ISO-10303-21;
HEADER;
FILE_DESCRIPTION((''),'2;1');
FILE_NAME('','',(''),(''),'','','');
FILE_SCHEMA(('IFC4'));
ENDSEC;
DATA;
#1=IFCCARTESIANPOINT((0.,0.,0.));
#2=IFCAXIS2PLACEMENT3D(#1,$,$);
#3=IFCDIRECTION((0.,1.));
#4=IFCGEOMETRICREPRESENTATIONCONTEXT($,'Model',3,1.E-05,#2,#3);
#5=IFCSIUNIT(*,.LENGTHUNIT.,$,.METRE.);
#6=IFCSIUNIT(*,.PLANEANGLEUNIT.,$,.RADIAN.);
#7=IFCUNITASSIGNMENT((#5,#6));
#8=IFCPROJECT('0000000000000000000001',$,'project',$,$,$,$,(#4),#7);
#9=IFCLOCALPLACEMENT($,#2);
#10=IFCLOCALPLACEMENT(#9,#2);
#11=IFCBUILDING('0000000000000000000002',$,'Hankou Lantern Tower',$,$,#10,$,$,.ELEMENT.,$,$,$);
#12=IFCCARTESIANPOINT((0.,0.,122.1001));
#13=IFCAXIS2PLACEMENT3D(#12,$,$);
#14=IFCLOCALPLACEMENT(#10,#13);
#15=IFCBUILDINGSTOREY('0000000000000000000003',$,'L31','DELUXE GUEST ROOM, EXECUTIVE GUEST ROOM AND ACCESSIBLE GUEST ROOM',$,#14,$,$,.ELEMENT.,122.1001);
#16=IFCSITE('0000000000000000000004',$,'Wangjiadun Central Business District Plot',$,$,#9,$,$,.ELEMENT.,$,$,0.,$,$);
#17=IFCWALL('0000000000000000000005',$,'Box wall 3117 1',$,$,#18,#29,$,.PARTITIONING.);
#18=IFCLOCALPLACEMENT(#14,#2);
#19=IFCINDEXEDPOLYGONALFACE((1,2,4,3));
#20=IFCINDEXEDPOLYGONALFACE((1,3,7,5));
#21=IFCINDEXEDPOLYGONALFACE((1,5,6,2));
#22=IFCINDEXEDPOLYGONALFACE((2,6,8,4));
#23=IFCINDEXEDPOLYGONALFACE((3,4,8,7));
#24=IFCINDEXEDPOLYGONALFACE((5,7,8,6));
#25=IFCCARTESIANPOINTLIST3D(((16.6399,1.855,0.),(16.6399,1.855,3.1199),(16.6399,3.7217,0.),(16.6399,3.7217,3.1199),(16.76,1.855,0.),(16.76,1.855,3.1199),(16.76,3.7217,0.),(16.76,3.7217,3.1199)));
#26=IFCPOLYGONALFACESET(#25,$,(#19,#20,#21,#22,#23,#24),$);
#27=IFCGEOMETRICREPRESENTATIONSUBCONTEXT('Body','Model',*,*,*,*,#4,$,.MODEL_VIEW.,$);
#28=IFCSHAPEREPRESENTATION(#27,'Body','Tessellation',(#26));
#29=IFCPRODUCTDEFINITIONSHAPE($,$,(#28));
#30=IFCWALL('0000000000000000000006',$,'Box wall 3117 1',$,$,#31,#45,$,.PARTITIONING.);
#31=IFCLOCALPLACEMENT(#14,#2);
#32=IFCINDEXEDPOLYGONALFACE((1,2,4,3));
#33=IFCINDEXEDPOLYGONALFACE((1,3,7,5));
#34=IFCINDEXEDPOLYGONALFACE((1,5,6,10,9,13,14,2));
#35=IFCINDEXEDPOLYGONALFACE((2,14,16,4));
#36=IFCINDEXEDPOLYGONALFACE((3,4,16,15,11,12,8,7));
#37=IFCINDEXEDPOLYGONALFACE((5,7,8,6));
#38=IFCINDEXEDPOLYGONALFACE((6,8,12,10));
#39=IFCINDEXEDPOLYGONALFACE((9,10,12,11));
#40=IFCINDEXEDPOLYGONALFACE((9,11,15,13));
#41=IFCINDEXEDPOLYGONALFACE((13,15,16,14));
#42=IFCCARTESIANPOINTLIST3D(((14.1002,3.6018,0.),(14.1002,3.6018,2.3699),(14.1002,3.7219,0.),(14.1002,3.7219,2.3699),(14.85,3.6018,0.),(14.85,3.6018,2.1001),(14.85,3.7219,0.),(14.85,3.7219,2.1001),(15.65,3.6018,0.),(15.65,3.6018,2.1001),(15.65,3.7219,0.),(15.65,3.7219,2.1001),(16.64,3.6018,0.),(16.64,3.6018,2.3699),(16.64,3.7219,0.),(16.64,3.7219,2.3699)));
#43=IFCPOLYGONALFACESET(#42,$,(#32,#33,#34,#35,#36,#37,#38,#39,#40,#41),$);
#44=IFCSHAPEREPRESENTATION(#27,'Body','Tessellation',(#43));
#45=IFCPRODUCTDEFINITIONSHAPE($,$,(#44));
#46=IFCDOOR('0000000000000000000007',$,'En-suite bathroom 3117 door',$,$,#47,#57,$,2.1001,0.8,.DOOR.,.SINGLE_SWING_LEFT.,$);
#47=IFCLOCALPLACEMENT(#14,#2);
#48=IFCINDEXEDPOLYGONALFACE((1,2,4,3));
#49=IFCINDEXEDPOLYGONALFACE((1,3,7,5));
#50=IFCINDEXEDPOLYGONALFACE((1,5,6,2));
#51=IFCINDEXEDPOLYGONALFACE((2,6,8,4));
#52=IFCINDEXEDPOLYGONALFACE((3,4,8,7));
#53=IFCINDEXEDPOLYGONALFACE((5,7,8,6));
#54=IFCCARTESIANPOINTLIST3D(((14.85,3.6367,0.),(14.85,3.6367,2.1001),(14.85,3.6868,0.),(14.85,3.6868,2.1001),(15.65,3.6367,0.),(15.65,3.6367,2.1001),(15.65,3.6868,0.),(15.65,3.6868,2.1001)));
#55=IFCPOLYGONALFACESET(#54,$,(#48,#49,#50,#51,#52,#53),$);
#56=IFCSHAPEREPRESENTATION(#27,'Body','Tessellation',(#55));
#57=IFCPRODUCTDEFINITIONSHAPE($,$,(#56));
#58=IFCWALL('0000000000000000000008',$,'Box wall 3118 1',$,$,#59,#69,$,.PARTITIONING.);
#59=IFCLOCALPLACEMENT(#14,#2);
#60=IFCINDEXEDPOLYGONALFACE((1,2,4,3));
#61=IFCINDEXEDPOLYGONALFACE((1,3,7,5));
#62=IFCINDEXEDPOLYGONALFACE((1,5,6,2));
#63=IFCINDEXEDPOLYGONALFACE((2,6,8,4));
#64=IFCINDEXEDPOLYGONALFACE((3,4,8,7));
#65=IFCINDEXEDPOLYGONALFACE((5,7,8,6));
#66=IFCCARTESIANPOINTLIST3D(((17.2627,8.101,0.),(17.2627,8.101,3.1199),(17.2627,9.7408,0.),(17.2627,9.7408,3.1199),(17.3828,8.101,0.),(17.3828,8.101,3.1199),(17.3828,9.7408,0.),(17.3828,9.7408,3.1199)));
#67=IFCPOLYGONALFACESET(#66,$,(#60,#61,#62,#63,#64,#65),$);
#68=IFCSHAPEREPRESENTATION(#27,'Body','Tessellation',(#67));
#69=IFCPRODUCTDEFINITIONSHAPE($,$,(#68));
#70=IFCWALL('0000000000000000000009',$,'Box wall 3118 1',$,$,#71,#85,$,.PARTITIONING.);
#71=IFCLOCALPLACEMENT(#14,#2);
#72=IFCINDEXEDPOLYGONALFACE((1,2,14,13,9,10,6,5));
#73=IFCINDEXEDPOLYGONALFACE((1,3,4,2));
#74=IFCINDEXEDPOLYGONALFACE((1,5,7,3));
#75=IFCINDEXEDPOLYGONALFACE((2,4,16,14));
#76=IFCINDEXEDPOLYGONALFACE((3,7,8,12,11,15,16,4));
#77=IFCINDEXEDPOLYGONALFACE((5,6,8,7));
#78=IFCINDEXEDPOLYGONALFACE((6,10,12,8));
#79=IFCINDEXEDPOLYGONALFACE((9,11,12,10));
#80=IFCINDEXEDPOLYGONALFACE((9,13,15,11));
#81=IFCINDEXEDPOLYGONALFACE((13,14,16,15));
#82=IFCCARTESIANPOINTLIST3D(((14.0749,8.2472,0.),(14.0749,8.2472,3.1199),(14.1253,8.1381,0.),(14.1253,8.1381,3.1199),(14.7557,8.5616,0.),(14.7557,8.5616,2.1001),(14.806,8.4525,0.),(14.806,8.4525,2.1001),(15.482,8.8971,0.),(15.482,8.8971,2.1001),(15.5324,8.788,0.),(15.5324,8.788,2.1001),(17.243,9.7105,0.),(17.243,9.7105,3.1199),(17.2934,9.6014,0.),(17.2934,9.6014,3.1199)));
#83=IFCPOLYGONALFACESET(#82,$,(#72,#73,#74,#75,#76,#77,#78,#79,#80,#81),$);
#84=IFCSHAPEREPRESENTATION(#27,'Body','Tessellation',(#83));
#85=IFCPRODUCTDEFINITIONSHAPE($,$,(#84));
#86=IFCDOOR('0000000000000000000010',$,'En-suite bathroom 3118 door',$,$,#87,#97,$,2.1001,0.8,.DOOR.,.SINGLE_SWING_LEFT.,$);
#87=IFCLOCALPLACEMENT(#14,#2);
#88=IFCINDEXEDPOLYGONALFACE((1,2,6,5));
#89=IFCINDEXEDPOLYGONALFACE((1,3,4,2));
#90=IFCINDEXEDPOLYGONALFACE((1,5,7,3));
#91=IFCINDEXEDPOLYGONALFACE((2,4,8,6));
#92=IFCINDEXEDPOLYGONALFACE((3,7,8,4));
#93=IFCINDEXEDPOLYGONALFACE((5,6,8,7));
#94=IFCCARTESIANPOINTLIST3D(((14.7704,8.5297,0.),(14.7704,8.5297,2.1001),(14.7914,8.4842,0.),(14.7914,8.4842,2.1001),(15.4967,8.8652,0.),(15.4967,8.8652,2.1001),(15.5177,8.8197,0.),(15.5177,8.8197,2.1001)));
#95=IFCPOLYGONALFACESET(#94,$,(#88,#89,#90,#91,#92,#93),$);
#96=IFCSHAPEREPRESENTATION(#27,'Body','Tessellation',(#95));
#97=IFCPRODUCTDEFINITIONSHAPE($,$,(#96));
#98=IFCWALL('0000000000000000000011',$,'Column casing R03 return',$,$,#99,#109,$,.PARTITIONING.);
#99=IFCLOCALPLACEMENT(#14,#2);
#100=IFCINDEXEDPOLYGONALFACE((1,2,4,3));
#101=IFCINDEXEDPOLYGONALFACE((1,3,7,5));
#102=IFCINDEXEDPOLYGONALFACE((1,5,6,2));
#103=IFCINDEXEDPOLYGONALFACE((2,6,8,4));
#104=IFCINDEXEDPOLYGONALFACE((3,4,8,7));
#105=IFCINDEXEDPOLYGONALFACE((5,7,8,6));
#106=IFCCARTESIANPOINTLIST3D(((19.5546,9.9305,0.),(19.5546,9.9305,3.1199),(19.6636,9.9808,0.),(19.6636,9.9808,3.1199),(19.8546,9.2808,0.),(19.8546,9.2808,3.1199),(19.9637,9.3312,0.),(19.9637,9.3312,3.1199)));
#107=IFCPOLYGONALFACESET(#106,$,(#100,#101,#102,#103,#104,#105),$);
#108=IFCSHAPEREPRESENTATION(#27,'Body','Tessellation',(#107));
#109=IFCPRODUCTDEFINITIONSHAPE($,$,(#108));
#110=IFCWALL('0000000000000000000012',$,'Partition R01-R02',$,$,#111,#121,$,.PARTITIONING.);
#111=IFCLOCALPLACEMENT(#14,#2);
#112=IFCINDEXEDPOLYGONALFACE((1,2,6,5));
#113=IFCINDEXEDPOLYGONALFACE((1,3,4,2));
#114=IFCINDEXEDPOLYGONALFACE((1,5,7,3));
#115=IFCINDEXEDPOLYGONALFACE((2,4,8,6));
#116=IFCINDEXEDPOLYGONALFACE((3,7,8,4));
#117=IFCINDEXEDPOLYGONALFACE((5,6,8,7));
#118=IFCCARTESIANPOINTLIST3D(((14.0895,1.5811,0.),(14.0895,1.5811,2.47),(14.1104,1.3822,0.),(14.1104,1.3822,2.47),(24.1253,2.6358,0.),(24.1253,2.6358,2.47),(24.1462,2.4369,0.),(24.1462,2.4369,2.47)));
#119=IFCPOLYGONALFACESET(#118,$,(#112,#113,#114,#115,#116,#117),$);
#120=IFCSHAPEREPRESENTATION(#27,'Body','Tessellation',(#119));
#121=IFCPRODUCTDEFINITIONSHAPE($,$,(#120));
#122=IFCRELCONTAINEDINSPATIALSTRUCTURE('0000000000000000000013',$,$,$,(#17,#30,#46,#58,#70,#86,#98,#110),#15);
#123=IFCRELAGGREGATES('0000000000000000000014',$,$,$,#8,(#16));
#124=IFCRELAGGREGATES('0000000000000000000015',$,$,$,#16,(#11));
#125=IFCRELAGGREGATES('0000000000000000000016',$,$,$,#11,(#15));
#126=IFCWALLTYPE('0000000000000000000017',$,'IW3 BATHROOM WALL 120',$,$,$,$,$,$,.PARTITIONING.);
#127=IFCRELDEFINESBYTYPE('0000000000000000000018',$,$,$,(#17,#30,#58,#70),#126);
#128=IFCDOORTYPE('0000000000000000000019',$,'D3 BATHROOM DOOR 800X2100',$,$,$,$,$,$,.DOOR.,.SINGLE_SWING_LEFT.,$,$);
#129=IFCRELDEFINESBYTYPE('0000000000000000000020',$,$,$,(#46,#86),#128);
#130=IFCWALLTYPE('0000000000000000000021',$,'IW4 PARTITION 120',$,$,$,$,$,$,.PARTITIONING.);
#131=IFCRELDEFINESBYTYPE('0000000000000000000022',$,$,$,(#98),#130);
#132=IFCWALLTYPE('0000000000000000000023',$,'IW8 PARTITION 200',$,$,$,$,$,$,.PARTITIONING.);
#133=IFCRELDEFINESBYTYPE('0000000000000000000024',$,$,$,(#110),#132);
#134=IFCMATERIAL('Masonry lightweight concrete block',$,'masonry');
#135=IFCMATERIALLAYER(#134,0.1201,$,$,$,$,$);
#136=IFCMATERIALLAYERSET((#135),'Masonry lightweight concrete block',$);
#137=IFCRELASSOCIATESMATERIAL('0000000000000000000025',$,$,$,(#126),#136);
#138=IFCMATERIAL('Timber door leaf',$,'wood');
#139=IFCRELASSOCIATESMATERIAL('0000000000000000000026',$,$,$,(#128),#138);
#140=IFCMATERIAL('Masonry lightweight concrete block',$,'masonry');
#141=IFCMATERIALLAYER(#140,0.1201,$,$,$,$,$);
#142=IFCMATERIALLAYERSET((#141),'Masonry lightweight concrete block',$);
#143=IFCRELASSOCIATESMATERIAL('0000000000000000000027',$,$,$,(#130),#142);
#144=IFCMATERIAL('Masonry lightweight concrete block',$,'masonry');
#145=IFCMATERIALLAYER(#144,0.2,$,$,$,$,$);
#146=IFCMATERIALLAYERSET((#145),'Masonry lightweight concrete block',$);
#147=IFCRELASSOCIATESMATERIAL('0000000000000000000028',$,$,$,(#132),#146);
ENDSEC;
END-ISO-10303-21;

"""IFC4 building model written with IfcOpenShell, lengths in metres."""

from ifc_helpers import new_model, si_unit, direction, frame, frame_2d, origin, place, context, subcontext, project, spatial, rectangle, extrude, material, layer, layer_set, type_object, element, fill, save


model = new_model("IFC4")

# Units and contexts
model_context = context("Model", 3, precision=1e-05, world=origin(), true_north=direction((0.0, 1.0)))
body_context = subcontext(model_context, "Body", "Model", "MODEL_VIEW")
ifc_project = project(units=[si_unit("LENGTHUNIT", "METRE"), si_unit("PLANEANGLEUNIT", "RADIAN")], contexts=[model_context])

# Site, building, storey
site_placement = place(None, origin())
site = spatial("IfcSite", under=ifc_project, at=site_placement, Name="Wangjiadun Central Business District Plot", CompositionType="ELEMENT", RefElevation=0.0)
building_placement = place(site_placement, origin())
building = spatial("IfcBuilding", under=site, at=building_placement, Name="Hankou Lantern Tower", CompositionType="ELEMENT")
storey_placement = place(building_placement, frame((0.0, 0.0, 122.1001)))
storey = spatial("IfcBuildingStorey", under=building, at=storey_placement, Name="L31", Description="DELUXE GUEST ROOM, EXECUTIVE GUEST ROOM AND ACCESSIBLE GUEST ROOM", CompositionType="ELEMENT", Elevation=122.1001)

# Wall
ifc_material_1 = material(Name="Masonry lightweight concrete block", Category="masonry")
ifc_layer_1 = layer(ifc_material_1, 0.1201)
ifc_layer_set_1 = layer_set([ifc_layer_1], Name="Masonry lightweight concrete block")
wall_type_1 = type_object("IfcWallType", Name="IW3 BATHROOM WALL 120", PredefinedType="PARTITIONING", material=ifc_layer_set_1)
wall_1_placement = place(storey_placement, frame((16.7, 1.855, 0.0), z_axis=(0.0, 0.0, 1.0), x_axis=(0.0, 1.0, 0.0)))
element("IfcWall", 1, at=wall_1_placement, inside=storey, type_object=wall_type_1, Name="Box wall 3117 1", PredefinedType="PARTITIONING", context=body_context, shape_type="SweptSolid", body=[
    extrude(rectangle(XDim=1.8667, YDim=0.1201, at=frame_2d((0.9333, 0.0))), origin(), (0.0, 0.0, 1.0), 3.1199),
])

# Wall, opening, door
wall_2_placement = place(storey_placement, frame((14.1001, 3.6619, 0.0), z_axis=(0.0, 0.0, 1.0), x_axis=(1.0, 0.0, 0.0)))
wall_2 = element("IfcWall", 2, at=wall_2_placement, inside=storey, type_object=wall_type_1, Name="Box wall 3117 1", PredefinedType="PARTITIONING", context=body_context, shape_type="SweptSolid", body=[
    extrude(rectangle(XDim=2.5398, YDim=0.1201, at=frame_2d((1.27, 0.0))), origin(), (0.0, 0.0, 1.0), 2.3699),
])
opening_1_placement = place(wall_2_placement, frame((0.75, 0.0, 0.0)))
opening_1 = element("IfcOpeningElement", 3, at=opening_1_placement, cuts=wall_2, PredefinedType="OPENING", context=body_context, shape_type="SweptSolid", body=[
    extrude(rectangle(XDim=0.8, YDim=2.1001, at=frame_2d((0.3999, 1.05))), frame((0.0, 0.0701, 0.0), z_axis=(0.0, -1.0, 0.0), x_axis=(1.0, 0.0, 0.0)), (0.0, 0.0, 1.0), 0.1401),
])
ifc_material_2 = material(Name="Timber door leaf", Category="wood")
door_type = type_object("IfcDoorType", Name="D3 BATHROOM DOOR 800X2100", OperationType="SINGLE_SWING_LEFT", PredefinedType="DOOR", material=ifc_material_2)
door_1_placement = place(opening_1_placement, origin())
door_1 = element("IfcDoor", 4, at=door_1_placement, inside=storey, type_object=door_type, Name="En-suite bathroom 3117 door", OperationType="SINGLE_SWING_LEFT", OverallHeight=2.1001, OverallWidth=0.8, PredefinedType="DOOR", context=body_context, shape_type="SweptSolid", body=[
    extrude(rectangle(XDim=0.8, YDim=2.1001, at=frame_2d((0.3999, 1.05))), frame((0.0, 0.0249, 0.0), z_axis=(0.0, -1.0, 0.0), x_axis=(1.0, 0.0, 0.0)), (0.0, 0.0, 1.0), 0.05),
])
fill(opening_1, door_1)

# Wall
wall_3_placement = place(storey_placement, frame((17.3228, 8.1011, 0.0), z_axis=(0.0, 0.0, 1.0), x_axis=(0.0, 1.0, 0.0)))
element("IfcWall", 5, at=wall_3_placement, inside=storey, type_object=wall_type_1, Name="Box wall 3118 1", PredefinedType="PARTITIONING", context=body_context, shape_type="SweptSolid", body=[
    extrude(rectangle(XDim=1.6399, YDim=0.1201, at=frame_2d((0.8198, 0.0))), origin(), (0.0, 0.0, 1.0), 3.1199),
])

# Wall, opening, door
wall_4_placement = place(storey_placement, frame((14.1001, 8.1926, 0.0), z_axis=(0.0, 0.0, 1.0), x_axis=(0.907836, 0.419324, 0.0)))
wall_4 = element("IfcWall", 6, at=wall_4_placement, inside=storey, type_object=wall_type_1, Name="Box wall 3118 1", PredefinedType="PARTITIONING", context=body_context, shape_type="SweptSolid", body=[
    extrude(rectangle(XDim=3.4897, YDim=0.1201, at=frame_2d((1.7449, 0.0))), origin(), (0.0, 0.0, 1.0), 3.1199),
])
opening_2_placement = place(wall_4_placement, frame((0.75, 0.0, 0.0)))
opening_2 = element("IfcOpeningElement", 7, at=opening_2_placement, cuts=wall_4, PredefinedType="OPENING", context=body_context, shape_type="SweptSolid", body=[
    extrude(rectangle(XDim=0.8, YDim=2.1001, at=frame_2d((0.3999, 1.05))), frame((0.0, 0.0701, 0.0), z_axis=(0.0, -1.0, 0.0), x_axis=(1.0, 0.0, 0.0)), (0.0, 0.0, 1.0), 0.1401),
])
door_2_placement = place(opening_2_placement, origin())
door_2 = element("IfcDoor", 8, at=door_2_placement, inside=storey, type_object=door_type, Name="En-suite bathroom 3118 door", OperationType="SINGLE_SWING_LEFT", OverallHeight=2.1001, OverallWidth=0.8, PredefinedType="DOOR", context=body_context, shape_type="SweptSolid", body=[
    extrude(rectangle(XDim=0.8, YDim=2.1001, at=frame_2d((0.3999, 1.05))), frame((0.0, 0.0249, 0.0), z_axis=(0.0, -1.0, 0.0), x_axis=(1.0, 0.0, 0.0)), (0.0, 0.0, 1.0), 0.05),
])
fill(opening_2, door_2)

# Walls
ifc_material_3 = material(Name="Masonry lightweight concrete block", Category="masonry")
ifc_layer_2 = layer(ifc_material_3, 0.1201)
ifc_layer_set_2 = layer_set([ifc_layer_2], Name="Masonry lightweight concrete block")
wall_type_2 = type_object("IfcWallType", Name="IW4 PARTITION 120", PredefinedType="PARTITIONING", material=ifc_layer_set_2)
wall_5_placement = place(storey_placement, frame((19.9092, 9.3059, 0.0), z_axis=(0.0, 0.0, 1.0), x_axis=(-0.419296, 0.90785, 0.0)))
element("IfcWall", 9, at=wall_5_placement, inside=storey, type_object=wall_type_2, Name="Column casing R03 return", PredefinedType="PARTITIONING", context=body_context, shape_type="SweptSolid", body=[
    extrude(rectangle(XDim=0.7156, YDim=0.1201, at=frame_2d((0.3579, 0.0))), origin(), (0.0, 0.0, 1.0), 3.1199),
])
ifc_material_4 = material(Name="Masonry lightweight concrete block", Category="masonry")
ifc_layer_3 = layer(ifc_material_4, 0.2)
ifc_layer_set_3 = layer_set([ifc_layer_3], Name="Masonry lightweight concrete block")
wall_type_3 = type_object("IfcWallType", Name="IW8 PARTITION 200", PredefinedType="PARTITIONING", material=ifc_layer_set_3)
wall_6_placement = place(storey_placement, frame((14.1001, 1.4817, 0.0), z_axis=(0.0, 0.0, 1.0), x_axis=(0.994523, 0.104516, 0.0)))
element("IfcWall", 10, at=wall_6_placement, inside=storey, type_object=wall_type_3, Name="Partition R01-R02", PredefinedType="PARTITIONING", context=body_context, shape_type="SweptSolid", body=[
    extrude(rectangle(XDim=10.0911, YDim=0.2, at=frame_2d((5.0454, 0.0))), origin(), (0.0, 0.0, 1.0), 2.47),
])

save(model, "model.ifc")
